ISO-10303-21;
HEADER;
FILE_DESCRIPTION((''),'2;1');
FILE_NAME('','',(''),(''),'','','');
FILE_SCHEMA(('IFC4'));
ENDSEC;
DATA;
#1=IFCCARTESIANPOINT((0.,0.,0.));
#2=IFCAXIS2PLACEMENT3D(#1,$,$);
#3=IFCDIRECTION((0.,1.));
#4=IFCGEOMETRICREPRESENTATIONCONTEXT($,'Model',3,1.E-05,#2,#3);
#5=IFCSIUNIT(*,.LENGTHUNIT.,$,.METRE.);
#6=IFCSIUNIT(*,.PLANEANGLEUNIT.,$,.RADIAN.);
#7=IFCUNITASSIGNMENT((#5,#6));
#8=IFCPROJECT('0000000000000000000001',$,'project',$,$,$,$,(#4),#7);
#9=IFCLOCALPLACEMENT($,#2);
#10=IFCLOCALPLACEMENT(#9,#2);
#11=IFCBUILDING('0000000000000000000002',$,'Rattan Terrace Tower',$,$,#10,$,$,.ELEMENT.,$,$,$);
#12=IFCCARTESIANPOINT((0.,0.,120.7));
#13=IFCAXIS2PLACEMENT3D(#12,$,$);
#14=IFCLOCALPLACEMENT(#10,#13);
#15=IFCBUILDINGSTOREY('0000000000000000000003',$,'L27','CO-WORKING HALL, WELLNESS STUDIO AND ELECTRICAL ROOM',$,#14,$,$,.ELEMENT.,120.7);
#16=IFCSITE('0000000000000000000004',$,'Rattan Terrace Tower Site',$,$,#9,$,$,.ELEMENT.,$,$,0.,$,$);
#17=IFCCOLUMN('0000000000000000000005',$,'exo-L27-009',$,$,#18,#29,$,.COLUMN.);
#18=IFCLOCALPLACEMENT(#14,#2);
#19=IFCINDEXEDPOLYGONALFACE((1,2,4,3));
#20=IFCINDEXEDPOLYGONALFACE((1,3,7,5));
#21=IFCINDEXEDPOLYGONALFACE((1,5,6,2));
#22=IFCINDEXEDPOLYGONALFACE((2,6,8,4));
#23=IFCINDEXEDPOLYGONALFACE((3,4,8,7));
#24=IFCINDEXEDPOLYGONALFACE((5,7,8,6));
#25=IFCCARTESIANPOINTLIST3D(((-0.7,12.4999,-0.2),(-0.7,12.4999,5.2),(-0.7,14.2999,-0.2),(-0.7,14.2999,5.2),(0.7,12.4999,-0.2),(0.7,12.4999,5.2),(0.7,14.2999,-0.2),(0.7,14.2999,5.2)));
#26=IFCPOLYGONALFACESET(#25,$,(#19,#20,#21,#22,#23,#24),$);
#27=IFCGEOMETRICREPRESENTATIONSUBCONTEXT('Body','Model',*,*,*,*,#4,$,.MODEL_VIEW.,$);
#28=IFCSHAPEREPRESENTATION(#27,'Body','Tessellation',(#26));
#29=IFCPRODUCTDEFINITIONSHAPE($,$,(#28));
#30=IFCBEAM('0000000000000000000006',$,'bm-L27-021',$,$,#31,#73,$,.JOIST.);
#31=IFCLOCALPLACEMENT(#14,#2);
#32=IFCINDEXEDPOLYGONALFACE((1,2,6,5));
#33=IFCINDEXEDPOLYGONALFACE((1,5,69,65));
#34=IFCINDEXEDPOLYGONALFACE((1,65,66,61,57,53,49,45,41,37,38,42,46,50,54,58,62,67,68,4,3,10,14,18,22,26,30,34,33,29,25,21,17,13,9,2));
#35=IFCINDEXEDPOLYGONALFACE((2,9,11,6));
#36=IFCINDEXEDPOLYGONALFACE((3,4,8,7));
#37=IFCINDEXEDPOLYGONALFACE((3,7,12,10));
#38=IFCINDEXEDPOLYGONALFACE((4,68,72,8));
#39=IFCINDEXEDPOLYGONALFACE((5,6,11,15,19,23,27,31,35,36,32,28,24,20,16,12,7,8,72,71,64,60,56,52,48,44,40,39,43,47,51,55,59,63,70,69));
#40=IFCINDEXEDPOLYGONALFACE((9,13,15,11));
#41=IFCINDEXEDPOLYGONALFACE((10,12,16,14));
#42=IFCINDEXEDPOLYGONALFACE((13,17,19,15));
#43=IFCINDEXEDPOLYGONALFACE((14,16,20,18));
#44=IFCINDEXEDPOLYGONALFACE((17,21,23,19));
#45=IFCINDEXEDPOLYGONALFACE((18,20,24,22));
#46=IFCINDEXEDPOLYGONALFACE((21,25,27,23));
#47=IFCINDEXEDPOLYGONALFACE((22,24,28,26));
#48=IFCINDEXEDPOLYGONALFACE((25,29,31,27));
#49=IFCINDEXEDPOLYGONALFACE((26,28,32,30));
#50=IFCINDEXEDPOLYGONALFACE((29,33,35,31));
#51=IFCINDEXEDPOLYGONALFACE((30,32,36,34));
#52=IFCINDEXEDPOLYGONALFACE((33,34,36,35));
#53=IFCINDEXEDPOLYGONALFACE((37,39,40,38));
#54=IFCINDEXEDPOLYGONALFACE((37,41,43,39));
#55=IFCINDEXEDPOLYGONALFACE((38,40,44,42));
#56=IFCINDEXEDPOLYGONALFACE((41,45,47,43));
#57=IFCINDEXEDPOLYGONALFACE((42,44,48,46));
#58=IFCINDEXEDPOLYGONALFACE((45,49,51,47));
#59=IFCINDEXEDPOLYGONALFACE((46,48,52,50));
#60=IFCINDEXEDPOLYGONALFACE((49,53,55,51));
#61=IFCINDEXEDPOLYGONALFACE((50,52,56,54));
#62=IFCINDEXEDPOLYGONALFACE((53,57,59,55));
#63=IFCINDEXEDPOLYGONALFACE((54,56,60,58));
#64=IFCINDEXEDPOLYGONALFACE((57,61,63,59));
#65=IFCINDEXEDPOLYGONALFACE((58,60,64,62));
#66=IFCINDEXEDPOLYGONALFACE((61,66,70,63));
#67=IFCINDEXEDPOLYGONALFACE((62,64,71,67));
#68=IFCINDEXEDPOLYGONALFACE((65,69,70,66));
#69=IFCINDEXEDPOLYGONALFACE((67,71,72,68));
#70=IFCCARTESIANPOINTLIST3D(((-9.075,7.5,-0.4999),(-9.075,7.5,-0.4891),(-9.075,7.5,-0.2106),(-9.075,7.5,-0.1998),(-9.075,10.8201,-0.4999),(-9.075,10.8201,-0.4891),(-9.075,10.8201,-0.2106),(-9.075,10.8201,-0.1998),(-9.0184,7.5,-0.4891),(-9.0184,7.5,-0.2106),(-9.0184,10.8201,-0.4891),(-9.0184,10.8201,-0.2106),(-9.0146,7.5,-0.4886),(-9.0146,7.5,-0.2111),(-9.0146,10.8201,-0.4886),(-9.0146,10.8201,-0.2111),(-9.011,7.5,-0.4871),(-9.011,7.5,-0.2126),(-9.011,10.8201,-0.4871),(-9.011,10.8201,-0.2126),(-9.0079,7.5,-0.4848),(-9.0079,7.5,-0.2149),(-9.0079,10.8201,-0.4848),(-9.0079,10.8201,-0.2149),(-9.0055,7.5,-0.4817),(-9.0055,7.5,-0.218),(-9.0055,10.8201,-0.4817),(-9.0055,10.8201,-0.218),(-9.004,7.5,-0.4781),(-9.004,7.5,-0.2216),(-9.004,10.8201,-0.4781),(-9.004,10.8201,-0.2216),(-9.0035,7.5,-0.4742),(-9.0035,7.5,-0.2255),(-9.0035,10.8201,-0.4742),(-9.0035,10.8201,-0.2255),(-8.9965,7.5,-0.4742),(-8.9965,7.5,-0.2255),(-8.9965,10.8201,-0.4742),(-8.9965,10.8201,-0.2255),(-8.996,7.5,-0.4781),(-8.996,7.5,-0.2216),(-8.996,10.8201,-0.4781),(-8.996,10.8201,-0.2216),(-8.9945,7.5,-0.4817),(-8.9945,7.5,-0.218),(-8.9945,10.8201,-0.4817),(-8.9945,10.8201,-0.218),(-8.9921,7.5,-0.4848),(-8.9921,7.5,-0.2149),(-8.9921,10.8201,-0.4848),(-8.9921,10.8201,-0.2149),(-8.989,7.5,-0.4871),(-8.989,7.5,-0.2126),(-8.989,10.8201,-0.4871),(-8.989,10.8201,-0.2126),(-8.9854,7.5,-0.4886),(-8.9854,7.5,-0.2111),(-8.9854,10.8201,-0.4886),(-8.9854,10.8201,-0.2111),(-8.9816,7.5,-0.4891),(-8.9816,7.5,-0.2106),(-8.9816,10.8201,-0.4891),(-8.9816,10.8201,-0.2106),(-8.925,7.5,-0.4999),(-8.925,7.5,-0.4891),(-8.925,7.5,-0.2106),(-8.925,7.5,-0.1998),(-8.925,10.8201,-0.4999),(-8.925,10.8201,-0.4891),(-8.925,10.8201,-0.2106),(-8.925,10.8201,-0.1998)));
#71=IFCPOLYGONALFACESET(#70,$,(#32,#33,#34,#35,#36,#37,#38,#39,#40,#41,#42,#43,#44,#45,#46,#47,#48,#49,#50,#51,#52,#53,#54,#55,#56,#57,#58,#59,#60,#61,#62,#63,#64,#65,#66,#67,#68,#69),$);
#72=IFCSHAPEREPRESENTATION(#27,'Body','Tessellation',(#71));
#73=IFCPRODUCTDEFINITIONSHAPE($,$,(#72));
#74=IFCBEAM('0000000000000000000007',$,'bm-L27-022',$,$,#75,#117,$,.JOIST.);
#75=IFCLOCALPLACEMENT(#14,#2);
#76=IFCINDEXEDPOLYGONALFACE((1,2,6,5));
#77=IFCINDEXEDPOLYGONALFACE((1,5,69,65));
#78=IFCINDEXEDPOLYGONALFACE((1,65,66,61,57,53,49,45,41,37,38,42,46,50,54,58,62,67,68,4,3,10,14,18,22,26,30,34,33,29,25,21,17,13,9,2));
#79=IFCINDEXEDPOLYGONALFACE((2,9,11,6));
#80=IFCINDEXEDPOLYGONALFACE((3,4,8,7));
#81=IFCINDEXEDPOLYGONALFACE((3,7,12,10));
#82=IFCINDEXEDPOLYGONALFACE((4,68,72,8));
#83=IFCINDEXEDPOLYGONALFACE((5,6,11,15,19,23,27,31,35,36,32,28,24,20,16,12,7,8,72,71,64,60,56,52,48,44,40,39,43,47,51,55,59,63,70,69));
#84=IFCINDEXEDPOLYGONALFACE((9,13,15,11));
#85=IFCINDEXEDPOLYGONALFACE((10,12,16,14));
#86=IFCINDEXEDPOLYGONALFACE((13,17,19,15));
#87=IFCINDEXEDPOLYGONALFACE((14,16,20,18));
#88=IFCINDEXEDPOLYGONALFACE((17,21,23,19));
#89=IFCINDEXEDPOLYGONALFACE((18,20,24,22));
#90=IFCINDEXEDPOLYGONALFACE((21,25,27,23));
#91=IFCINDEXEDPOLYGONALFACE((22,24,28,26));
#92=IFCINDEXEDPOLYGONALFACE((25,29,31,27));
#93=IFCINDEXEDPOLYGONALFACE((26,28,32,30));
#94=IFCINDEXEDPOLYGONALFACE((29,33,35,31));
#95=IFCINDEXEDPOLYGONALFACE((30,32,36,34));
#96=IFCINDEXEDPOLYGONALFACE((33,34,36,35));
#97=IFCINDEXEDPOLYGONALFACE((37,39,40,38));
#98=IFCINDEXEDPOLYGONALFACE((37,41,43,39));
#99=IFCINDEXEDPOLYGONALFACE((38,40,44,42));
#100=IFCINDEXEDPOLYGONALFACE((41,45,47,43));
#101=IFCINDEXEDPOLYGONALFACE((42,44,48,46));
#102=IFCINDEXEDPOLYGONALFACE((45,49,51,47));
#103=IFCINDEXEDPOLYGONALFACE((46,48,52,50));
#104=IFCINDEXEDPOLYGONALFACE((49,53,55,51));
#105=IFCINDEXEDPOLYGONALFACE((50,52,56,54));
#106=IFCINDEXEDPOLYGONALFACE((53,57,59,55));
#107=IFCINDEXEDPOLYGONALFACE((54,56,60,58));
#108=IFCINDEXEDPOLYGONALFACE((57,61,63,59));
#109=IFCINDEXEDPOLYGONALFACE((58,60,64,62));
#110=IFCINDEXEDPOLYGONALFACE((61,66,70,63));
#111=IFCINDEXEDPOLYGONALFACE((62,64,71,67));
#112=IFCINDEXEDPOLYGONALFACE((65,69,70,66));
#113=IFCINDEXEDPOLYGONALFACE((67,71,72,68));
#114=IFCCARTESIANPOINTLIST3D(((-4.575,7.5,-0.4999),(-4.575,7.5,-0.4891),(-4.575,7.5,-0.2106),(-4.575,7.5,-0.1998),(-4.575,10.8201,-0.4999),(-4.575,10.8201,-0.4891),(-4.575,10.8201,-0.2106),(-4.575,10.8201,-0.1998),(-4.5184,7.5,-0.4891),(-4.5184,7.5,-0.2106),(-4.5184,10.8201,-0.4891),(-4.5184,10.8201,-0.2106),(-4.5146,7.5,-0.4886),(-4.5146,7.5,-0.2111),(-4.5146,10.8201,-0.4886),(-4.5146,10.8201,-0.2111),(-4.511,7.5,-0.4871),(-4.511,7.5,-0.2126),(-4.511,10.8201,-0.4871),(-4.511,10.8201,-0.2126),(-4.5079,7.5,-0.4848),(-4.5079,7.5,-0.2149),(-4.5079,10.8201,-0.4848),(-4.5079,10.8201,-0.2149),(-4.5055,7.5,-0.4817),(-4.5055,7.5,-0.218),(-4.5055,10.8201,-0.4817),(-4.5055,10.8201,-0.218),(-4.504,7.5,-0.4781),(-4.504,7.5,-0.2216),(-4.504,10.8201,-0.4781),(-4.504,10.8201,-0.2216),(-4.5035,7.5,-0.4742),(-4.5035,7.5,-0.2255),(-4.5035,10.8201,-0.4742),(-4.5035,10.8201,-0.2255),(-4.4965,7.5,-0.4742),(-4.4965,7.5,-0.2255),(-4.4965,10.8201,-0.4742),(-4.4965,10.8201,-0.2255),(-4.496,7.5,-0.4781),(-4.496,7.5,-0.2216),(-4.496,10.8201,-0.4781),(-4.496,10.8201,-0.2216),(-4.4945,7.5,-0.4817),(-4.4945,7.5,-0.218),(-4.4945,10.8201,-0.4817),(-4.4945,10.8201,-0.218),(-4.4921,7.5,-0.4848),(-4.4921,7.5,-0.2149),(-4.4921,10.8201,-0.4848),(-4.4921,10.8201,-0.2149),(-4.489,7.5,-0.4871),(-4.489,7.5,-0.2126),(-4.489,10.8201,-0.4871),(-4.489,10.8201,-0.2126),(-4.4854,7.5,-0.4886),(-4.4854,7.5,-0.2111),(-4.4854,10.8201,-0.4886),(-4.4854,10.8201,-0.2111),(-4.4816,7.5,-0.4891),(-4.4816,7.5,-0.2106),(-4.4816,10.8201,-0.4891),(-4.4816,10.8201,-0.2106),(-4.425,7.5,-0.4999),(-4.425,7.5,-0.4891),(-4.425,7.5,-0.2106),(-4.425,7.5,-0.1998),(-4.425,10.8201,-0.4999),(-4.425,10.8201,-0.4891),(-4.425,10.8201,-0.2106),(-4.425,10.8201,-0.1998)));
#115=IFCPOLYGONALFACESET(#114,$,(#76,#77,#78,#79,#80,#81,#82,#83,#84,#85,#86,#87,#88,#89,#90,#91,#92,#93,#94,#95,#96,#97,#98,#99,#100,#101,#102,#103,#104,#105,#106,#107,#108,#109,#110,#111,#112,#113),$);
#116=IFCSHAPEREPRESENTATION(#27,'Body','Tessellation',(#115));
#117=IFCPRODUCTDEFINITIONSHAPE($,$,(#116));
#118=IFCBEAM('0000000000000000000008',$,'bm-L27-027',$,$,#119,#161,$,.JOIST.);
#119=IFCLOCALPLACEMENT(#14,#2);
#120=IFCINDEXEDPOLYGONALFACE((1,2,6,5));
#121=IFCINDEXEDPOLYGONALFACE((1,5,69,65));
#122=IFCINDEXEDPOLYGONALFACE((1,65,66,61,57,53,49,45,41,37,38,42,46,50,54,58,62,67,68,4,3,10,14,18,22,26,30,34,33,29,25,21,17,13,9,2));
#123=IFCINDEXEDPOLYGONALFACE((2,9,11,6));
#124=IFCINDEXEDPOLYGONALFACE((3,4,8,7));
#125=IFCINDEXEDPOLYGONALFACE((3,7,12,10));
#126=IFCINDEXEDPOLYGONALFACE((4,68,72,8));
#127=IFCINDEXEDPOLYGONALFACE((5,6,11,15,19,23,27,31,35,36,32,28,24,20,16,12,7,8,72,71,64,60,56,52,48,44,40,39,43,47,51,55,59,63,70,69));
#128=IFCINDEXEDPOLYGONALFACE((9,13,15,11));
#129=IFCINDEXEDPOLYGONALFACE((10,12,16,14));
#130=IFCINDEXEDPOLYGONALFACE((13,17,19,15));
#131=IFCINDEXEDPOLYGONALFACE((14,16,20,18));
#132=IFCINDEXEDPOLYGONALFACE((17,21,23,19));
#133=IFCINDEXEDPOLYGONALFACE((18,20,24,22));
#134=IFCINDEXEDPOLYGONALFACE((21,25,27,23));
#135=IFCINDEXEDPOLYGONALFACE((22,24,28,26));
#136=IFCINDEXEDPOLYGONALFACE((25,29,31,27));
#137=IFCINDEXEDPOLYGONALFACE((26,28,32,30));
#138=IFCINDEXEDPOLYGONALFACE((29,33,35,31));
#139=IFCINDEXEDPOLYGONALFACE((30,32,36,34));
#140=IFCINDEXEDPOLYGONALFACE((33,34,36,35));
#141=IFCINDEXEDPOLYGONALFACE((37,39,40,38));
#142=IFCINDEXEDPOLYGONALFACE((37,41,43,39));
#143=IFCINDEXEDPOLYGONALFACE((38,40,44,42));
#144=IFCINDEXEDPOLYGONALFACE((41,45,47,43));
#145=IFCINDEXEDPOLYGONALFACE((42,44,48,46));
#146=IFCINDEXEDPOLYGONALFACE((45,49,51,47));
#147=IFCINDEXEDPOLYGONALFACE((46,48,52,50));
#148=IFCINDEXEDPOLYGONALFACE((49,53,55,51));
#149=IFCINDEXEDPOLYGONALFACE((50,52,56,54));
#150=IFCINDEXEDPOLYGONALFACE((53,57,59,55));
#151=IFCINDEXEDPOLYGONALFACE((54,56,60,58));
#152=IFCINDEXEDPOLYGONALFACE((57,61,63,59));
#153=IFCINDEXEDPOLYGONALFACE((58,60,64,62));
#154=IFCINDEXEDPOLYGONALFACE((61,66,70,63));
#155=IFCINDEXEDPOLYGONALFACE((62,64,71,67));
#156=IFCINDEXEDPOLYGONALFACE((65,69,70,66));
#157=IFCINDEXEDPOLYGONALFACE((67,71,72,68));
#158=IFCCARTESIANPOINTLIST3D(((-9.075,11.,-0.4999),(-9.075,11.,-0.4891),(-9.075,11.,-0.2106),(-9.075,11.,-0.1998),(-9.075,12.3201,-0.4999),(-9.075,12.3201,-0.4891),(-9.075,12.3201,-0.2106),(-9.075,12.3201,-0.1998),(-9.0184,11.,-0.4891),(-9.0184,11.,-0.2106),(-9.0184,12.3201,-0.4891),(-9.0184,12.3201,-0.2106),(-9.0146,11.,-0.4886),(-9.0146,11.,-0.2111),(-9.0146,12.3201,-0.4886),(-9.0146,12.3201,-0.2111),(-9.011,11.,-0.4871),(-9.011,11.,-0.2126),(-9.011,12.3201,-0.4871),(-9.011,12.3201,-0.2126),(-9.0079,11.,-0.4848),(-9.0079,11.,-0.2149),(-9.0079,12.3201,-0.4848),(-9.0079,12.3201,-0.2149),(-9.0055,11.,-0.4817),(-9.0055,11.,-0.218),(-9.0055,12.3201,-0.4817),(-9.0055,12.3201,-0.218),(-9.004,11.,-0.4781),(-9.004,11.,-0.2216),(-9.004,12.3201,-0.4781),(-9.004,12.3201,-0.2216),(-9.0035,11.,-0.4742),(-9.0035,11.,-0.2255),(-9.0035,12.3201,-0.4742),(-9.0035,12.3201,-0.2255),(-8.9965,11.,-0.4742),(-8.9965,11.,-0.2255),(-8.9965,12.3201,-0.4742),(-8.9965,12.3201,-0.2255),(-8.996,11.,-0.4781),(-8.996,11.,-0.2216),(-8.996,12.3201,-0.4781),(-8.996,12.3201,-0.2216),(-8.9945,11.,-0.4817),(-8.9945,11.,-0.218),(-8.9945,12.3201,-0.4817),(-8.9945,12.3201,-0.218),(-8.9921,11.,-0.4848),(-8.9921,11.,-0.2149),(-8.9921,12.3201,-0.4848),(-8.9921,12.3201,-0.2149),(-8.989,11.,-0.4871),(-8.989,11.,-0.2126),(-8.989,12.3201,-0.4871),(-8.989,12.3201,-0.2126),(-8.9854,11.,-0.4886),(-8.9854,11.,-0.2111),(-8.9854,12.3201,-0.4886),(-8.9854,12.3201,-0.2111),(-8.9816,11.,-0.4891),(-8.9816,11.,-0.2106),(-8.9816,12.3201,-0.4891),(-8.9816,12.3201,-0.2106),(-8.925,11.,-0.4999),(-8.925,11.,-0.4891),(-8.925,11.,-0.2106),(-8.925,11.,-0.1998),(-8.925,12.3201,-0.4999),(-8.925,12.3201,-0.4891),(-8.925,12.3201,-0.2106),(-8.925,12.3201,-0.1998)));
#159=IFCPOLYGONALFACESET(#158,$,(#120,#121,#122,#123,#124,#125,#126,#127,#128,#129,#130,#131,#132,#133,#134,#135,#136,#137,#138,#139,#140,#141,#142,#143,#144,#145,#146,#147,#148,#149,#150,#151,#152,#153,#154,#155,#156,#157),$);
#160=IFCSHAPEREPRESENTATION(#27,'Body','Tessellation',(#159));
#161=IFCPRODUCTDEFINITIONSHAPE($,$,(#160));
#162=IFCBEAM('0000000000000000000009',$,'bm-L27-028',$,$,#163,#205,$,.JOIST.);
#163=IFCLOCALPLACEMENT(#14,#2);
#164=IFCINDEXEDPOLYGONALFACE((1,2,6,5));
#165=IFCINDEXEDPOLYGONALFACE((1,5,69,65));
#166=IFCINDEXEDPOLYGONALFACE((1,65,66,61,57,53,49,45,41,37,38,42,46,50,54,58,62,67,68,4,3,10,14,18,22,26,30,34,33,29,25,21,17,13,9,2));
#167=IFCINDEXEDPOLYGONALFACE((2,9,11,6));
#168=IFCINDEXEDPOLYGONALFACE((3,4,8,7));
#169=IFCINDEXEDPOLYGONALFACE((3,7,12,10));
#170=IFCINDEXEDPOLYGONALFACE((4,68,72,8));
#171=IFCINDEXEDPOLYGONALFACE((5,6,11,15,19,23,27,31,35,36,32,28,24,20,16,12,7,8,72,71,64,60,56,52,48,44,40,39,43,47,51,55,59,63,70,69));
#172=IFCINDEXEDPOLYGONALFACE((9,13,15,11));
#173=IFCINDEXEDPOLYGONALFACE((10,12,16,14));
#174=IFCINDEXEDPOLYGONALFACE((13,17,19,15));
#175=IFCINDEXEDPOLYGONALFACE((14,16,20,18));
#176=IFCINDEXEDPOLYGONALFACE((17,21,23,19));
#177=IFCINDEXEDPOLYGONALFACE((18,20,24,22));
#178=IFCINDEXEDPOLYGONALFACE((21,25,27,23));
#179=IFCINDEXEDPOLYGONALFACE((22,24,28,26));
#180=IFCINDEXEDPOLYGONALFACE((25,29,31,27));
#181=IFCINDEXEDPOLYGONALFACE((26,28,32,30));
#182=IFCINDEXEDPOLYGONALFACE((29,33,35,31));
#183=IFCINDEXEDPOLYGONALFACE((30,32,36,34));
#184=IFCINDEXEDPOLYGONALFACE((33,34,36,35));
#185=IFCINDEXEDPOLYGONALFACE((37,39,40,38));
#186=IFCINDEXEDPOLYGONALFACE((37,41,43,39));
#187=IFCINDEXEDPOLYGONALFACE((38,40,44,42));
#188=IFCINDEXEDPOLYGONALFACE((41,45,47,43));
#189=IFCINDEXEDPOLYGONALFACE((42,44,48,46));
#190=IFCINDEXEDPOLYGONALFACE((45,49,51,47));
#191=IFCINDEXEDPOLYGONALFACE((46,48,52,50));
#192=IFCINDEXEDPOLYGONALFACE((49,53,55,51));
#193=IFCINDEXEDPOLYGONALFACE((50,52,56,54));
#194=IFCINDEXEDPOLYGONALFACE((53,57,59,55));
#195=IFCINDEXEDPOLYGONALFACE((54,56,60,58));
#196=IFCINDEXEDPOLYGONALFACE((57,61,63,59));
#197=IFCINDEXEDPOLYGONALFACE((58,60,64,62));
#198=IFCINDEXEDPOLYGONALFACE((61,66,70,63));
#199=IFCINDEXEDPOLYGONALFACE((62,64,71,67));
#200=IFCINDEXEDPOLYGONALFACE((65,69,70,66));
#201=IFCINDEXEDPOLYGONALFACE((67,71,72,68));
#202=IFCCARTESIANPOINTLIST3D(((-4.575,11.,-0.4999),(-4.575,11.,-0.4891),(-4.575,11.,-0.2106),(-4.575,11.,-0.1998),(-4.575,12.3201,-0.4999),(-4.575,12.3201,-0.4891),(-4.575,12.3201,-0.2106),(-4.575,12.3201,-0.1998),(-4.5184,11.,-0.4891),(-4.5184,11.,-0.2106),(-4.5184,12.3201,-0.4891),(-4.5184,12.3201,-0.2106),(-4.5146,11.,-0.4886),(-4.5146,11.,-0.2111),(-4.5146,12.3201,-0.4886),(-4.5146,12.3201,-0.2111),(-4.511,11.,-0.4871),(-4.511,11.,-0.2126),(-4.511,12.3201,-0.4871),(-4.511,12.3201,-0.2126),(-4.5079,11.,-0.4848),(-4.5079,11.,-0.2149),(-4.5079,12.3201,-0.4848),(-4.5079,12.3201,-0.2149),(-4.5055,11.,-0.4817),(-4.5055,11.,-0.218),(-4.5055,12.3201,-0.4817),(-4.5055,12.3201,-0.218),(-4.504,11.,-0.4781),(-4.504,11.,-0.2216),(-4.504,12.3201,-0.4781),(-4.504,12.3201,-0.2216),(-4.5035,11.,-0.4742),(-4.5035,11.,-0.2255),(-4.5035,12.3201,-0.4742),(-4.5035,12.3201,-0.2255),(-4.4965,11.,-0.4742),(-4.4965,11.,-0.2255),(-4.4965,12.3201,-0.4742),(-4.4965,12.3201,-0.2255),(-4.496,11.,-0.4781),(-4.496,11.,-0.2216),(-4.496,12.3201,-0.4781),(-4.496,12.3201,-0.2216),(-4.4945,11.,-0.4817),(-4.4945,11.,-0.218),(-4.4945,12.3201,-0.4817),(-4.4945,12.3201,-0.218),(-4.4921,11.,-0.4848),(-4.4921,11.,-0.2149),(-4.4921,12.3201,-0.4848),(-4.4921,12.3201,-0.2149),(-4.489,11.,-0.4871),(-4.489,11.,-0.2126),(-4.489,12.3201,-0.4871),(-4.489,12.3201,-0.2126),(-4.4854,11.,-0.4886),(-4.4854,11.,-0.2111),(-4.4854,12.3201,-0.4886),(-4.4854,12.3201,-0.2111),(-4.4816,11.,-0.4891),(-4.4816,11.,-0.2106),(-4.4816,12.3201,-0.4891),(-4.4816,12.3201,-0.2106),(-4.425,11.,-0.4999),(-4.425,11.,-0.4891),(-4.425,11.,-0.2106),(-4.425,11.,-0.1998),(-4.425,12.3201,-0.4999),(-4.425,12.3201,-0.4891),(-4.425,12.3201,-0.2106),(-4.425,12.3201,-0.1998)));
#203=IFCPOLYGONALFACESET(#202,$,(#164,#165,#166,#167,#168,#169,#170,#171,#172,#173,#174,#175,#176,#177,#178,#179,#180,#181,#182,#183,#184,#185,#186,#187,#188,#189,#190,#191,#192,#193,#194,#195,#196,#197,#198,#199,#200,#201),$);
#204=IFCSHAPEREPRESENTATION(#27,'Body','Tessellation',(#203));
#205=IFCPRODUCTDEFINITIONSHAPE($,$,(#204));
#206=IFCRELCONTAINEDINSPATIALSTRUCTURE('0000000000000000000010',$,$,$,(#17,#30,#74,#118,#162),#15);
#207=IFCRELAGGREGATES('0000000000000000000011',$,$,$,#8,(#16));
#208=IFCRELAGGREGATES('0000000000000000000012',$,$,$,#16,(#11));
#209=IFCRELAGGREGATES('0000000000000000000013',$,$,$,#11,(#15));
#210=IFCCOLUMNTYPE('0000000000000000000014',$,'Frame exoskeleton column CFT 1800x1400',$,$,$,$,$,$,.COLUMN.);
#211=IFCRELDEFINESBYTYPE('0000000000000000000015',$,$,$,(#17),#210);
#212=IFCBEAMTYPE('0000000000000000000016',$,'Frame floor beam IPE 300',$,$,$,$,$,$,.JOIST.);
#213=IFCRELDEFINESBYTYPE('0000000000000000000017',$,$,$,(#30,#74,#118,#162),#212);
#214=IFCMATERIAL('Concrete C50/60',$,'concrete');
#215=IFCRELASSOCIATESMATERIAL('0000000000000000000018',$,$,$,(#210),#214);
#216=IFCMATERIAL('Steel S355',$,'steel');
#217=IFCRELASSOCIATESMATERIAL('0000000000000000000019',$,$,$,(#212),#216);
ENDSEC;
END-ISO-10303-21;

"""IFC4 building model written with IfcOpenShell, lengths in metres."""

from ifc_helpers import new_model, si_unit, direction, frame, origin, origin_2d, place, context, subcontext, project, spatial, rectangle, i_section, extrude, material, material_profile, profile_set, type_object, element, save


model = new_model("IFC4")

# Units and contexts
model_context = context("Model", 3, precision=1e-05, world=origin(), true_north=direction((0.0, 1.0)))
body_context = subcontext(model_context, "Body", "Model", "MODEL_VIEW")
ifc_project = project(units=[si_unit("LENGTHUNIT", "METRE"), si_unit("PLANEANGLEUNIT", "RADIAN")], contexts=[model_context])

# Site, building, storey
site_placement = place(None, origin())
site = spatial("IfcSite", under=ifc_project, at=site_placement, Name="Rattan Terrace Tower Site", CompositionType="ELEMENT", RefElevation=0.0)
building_placement = place(site_placement, origin())
building = spatial("IfcBuilding", under=site, at=building_placement, Name="Rattan Terrace Tower", CompositionType="ELEMENT")
storey_placement = place(building_placement, frame((0.0, 0.0, 120.7)))
storey = spatial("IfcBuildingStorey", under=building, at=storey_placement, Name="L27", Description="CO-WORKING HALL, WELLNESS STUDIO AND ELECTRICAL ROOM", CompositionType="ELEMENT", Elevation=120.7)

# Column
ifc_material_1 = material(Name="Concrete C50/60", Category="concrete")
ifc_material_profile_1 = material_profile(ifc_material_1, rectangle(XDim=1.3999, YDim=1.8, at=origin_2d()), Name="CFT 1800x1400")
ifc_profile_set_1 = profile_set([ifc_material_profile_1], Name="Concrete C50/60")
column_type = type_object("IfcColumnType", Name="Frame exoskeleton column CFT 1800x1400", PredefinedType="COLUMN", material=ifc_profile_set_1)
column_placement = place(storey_placement, frame((0.0, 13.3999, -0.2), z_axis=(0.0, 0.0, 1.0), x_axis=(1.0, 0.0, 0.0)))
element("IfcColumn", 1, at=column_placement, inside=storey, type_object=column_type, Name="exo-L27-009", PredefinedType="COLUMN", context=body_context, shape_type="SweptSolid", body=[
    extrude(rectangle(XDim=1.3999, YDim=1.8, at=origin_2d()), origin(), (0.0, 0.0, 1.0), 5.3999),
])

# Beams
ifc_material_2 = material(Name="Steel S355", Category="steel")
ifc_material_profile_2 = material_profile(ifc_material_2, i_section(OverallWidth=0.1499, OverallDepth=0.3, WebThickness=0.0071, FlangeThickness=0.0107, FilletRadius=0.0149, at=origin_2d()), Name="IPE 300")
ifc_profile_set_2 = profile_set([ifc_material_profile_2], Name="Steel S355")
beam_type = type_object("IfcBeamType", Name="Frame floor beam IPE 300", PredefinedType="JOIST", material=ifc_profile_set_2)
for number, where, z_axis, x_axis, name in (
    (2, (-9.0, 7.5, -0.3499), (0.0, 1.0, 0.0), (-1.0, 0.0, 0.0), "bm-L27-021"),
    (3, (-4.5, 7.5, -0.3499), (0.0, 1.0, 0.0), (-1.0, 0.0, 0.0), "bm-L27-022"),
):
    element("IfcBeam", number, at=place(storey_placement, frame(where, z_axis=z_axis, x_axis=x_axis)), inside=storey, type_object=beam_type, Name=name, PredefinedType="JOIST", context=body_context, shape_type="SweptSolid", body=[
        extrude(i_section(OverallWidth=0.1499, OverallDepth=0.3, WebThickness=0.0071, FlangeThickness=0.0107, FilletRadius=0.0149, at=origin_2d()), origin(), (0.0, 0.0, 1.0), 3.3201),
    ])
for number, where, z_axis, x_axis, name in (
    (4, (-9.0, 11.0, -0.3499), (0.0, 1.0, 0.0), (-1.0, 0.0, 0.0), "bm-L27-027"),
    (5, (-4.5, 11.0, -0.3499), (0.0, 1.0, 0.0), (-1.0, 0.0, 0.0), "bm-L27-028"),
):
    element("IfcBeam", number, at=place(storey_placement, frame(where, z_axis=z_axis, x_axis=x_axis)), inside=storey, type_object=beam_type, Name=name, PredefinedType="JOIST", context=body_context, shape_type="SweptSolid", body=[
        extrude(i_section(OverallWidth=0.1499, OverallDepth=0.3, WebThickness=0.0071, FlangeThickness=0.0107, FilletRadius=0.0149, at=origin_2d()), origin(), (0.0, 0.0, 1.0), 1.3201),
    ])

save(model, "model.ifc")
